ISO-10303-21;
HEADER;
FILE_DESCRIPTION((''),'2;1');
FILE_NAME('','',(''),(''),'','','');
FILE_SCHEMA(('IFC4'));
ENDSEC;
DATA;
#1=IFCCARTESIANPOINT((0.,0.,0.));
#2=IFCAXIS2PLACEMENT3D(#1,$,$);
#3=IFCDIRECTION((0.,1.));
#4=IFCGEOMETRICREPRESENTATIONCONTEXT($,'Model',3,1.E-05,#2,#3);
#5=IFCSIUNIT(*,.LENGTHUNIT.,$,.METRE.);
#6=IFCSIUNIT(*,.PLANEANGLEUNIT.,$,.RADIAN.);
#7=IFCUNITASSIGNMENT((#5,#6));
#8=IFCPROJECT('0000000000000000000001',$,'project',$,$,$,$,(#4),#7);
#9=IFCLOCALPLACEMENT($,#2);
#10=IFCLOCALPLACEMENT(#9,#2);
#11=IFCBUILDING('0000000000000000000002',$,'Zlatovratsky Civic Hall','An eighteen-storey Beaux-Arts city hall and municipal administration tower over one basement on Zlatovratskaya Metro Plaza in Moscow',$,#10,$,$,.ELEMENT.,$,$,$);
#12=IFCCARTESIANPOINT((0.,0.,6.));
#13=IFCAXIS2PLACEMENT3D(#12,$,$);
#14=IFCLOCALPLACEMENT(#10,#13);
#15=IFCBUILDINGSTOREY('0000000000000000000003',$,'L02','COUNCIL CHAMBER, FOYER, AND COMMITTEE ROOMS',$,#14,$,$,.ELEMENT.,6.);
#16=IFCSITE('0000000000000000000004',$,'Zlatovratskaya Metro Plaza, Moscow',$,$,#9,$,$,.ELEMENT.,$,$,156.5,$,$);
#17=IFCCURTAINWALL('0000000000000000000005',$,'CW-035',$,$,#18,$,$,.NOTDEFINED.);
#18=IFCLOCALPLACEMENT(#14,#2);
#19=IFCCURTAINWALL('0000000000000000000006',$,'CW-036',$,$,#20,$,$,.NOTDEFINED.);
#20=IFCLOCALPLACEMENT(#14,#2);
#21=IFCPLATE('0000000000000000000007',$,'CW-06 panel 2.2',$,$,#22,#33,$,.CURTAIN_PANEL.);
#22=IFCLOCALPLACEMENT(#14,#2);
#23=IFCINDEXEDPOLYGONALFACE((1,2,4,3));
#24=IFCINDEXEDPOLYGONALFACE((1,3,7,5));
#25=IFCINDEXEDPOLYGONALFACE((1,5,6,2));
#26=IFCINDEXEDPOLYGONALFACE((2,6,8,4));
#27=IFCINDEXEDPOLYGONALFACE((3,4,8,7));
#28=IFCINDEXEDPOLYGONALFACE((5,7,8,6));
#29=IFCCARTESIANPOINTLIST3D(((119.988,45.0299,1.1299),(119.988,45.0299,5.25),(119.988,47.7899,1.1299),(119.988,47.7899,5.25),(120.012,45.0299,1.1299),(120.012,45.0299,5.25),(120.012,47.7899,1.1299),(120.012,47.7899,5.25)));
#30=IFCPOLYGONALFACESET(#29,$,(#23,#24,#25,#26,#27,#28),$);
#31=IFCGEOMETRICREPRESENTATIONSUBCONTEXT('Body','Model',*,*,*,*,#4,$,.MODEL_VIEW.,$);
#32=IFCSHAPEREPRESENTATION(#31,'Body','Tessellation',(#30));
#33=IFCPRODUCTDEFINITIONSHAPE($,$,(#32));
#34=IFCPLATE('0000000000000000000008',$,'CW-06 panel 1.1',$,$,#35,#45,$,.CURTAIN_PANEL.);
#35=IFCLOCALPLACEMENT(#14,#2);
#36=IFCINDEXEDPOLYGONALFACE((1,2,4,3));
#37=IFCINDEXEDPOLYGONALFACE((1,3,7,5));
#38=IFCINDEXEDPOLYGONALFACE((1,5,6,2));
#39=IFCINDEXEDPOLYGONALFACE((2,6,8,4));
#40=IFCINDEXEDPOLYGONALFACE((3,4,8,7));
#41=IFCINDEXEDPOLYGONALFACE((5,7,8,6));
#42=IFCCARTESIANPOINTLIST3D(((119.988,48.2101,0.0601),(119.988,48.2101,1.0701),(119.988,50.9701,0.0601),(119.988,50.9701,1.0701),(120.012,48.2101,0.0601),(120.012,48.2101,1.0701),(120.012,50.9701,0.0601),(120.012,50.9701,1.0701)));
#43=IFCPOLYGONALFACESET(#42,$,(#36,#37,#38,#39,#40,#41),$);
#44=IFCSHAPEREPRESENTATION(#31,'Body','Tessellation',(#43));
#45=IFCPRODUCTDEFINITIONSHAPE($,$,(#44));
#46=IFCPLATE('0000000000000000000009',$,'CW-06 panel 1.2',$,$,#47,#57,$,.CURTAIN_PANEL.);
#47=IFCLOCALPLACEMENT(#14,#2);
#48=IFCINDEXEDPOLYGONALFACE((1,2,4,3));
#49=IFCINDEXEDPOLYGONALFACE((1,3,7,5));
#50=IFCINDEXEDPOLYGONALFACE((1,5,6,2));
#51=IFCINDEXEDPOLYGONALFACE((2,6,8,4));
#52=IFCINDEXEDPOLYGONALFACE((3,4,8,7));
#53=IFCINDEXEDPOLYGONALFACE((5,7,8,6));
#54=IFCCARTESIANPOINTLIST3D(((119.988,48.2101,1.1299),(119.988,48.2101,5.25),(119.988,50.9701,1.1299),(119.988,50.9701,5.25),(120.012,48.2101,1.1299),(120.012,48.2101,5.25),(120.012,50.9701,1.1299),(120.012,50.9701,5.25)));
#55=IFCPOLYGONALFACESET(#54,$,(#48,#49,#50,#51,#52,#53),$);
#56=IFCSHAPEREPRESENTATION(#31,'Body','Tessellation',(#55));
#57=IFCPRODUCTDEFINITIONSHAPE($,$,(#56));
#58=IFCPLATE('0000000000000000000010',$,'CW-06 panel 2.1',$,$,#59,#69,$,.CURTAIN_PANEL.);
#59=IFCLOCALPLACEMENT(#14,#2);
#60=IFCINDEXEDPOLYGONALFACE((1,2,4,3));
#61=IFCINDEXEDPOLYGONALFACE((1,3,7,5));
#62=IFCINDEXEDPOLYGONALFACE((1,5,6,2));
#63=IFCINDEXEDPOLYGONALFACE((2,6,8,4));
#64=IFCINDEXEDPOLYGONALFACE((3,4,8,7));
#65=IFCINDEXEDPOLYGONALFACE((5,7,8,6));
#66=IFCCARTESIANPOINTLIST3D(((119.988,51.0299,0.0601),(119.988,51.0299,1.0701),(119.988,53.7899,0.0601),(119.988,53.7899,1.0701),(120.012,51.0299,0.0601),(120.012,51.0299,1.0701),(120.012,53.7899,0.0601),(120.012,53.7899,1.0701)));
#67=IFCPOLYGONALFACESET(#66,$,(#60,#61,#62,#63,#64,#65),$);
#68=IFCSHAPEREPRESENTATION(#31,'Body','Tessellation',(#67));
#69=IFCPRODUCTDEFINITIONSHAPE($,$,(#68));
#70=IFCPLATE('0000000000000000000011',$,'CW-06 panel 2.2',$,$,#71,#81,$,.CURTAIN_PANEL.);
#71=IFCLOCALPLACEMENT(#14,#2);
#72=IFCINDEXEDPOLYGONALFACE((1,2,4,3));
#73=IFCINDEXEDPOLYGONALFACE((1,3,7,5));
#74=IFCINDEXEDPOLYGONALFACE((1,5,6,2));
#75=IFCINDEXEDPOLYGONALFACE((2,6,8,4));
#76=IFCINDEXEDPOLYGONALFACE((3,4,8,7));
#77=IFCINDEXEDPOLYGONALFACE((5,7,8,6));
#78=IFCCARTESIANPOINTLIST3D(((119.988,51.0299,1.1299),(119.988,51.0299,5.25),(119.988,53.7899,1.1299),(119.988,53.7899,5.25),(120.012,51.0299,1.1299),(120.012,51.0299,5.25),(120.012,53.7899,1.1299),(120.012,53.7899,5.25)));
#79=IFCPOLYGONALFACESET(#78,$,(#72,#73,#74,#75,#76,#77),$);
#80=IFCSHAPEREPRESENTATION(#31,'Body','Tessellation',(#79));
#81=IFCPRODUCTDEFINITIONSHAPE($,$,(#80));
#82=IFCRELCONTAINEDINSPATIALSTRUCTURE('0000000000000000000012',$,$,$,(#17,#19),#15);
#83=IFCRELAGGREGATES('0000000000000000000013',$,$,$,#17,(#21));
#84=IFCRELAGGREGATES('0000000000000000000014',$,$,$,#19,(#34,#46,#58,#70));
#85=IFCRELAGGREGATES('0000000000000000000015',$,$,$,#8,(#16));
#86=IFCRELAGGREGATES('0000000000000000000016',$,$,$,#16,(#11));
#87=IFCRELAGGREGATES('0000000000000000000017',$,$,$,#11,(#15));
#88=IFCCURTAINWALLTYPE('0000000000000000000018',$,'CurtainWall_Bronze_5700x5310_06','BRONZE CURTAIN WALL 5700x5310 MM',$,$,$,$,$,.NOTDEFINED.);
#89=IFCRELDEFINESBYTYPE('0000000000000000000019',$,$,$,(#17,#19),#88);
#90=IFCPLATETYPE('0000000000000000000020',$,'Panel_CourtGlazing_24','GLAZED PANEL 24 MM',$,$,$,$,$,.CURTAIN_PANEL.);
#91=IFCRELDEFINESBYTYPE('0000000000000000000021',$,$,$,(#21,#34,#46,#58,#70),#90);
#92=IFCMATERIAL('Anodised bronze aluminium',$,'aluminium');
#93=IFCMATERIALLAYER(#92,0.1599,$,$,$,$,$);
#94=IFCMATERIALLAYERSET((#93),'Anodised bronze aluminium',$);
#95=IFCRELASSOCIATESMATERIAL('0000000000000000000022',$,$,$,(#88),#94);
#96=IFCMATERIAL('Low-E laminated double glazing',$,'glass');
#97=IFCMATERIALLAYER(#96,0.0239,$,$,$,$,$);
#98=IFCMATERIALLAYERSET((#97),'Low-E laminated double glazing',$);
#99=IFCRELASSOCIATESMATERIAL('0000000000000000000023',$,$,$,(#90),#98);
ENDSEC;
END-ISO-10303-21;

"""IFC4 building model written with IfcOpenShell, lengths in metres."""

from ifc_helpers import new_model, si_unit, direction, frame, origin, origin_2d, place, context, subcontext, project, spatial, rectangle, extrude, material, layer, layer_set, type_object, element, aggregate, save


model = new_model("IFC4")

# Units and contexts
model_context = context("Model", 3, precision=1e-05, world=origin(), true_north=direction((0.0, 1.0)))
body_context = subcontext(model_context, "Body", "Model", "MODEL_VIEW")
ifc_project = project(units=[si_unit("LENGTHUNIT", "METRE"), si_unit("PLANEANGLEUNIT", "RADIAN")], contexts=[model_context])

# Site, building, storey
site_placement = place(None, origin())
site = spatial("IfcSite", under=ifc_project, at=site_placement, Name="Zlatovratskaya Metro Plaza, Moscow", CompositionType="ELEMENT", RefElevation=156.5)
building_placement = place(site_placement, origin())
building = spatial("IfcBuilding", under=site, at=building_placement, Name="Zlatovratsky Civic Hall", Description="An eighteen-storey Beaux-Arts city hall and municipal administration tower over one basement on Zlatovratskaya Metro Plaza in Moscow", CompositionType="ELEMENT")
storey_placement = place(building_placement, frame((0.0, 0.0, 6.0)))
storey = spatial("IfcBuildingStorey", under=building, at=storey_placement, Name="L02", Description="COUNCIL CHAMBER, FOYER, AND COMMITTEE ROOMS", CompositionType="ELEMENT", Elevation=6.0)

# Curtain walls
ifc_material_1 = material(Name="Anodised bronze aluminium", Category="aluminium")
ifc_layer_1 = layer(ifc_material_1, 0.1599)
ifc_layer_set_1 = layer_set([ifc_layer_1], Name="Anodised bronze aluminium")
curtain_wall_type = type_object("IfcCurtainWallType", Name="CurtainWall_Bronze_5700x5310_06", Description="BRONZE CURTAIN WALL 5700x5310 MM", PredefinedType="NOTDEFINED", material=ifc_layer_set_1)
curtain_wall_1_placement = place(storey_placement, origin())
curtain_wall_1 = element("IfcCurtainWall", 1, at=curtain_wall_1_placement, inside=storey, type_object=curtain_wall_type, Name="CW-035", PredefinedType="NOTDEFINED")
curtain_wall_2_placement = place(storey_placement, origin())
curtain_wall_2 = element("IfcCurtainWall", 2, at=curtain_wall_2_placement, inside=storey, type_object=curtain_wall_type, Name="CW-036", PredefinedType="NOTDEFINED")

# Plates
ifc_material_2 = material(Name="Low-E laminated double glazing", Category="glass")
ifc_layer_2 = layer(ifc_material_2, 0.0239)
ifc_layer_set_2 = layer_set([ifc_layer_2], Name="Low-E laminated double glazing")
plate_type = type_object("IfcPlateType", Name="Panel_CourtGlazing_24", Description="GLAZED PANEL 24 MM", PredefinedType="CURTAIN_PANEL", material=ifc_layer_set_2)
plate_1_placement = place(storey_placement, frame((120.0, 46.4099, 1.1299), z_axis=(0.0, 0.0, 1.0), x_axis=(0.0, 1.0, 0.0)))
plate_1 = element("IfcPlate", 3, at=plate_1_placement, type_object=plate_type, Name="CW-06 panel 2.2", PredefinedType="CURTAIN_PANEL", context=body_context, shape_type="SweptSolid", body=[
    extrude(rectangle(XDim=2.76, YDim=0.0239, at=origin_2d()), origin(), (0.0, 0.0, 1.0), 4.1201),
])
aggregate(curtain_wall_1, [plate_1])
plate_2_placement = place(storey_placement, frame((120.0, 49.5901, 0.0601), z_axis=(0.0, 0.0, 1.0), x_axis=(0.0, 1.0, 0.0)))
plate_2 = element("IfcPlate", 4, at=plate_2_placement, type_object=plate_type, Name="CW-06 panel 1.1", PredefinedType="CURTAIN_PANEL", context=body_context, shape_type="SweptSolid", body=[
    extrude(rectangle(XDim=2.76, YDim=0.0239, at=origin_2d()), origin(), (0.0, 0.0, 1.0), 1.01),
])
plate_3_placement = place(storey_placement, frame((120.0, 49.5901, 1.1299), z_axis=(0.0, 0.0, 1.0), x_axis=(0.0, 1.0, 0.0)))
plate_3 = element("IfcPlate", 5, at=plate_3_placement, type_object=plate_type, Name="CW-06 panel 1.2", PredefinedType="CURTAIN_PANEL", context=body_context, shape_type="SweptSolid", body=[
    extrude(rectangle(XDim=2.76, YDim=0.0239, at=origin_2d()), origin(), (0.0, 0.0, 1.0), 4.1201),
])
plate_4_placement = place(storey_placement, frame((120.0, 52.4099, 0.0601), z_axis=(0.0, 0.0, 1.0), x_axis=(0.0, 1.0, 0.0)))
plate_4 = element("IfcPlate", 6, at=plate_4_placement, type_object=plate_type, Name="CW-06 panel 2.1", PredefinedType="CURTAIN_PANEL", context=body_context, shape_type="SweptSolid", body=[
    extrude(rectangle(XDim=2.76, YDim=0.0239, at=origin_2d()), origin(), (0.0, 0.0, 1.0), 1.01),
])
plate_5_placement = place(storey_placement, frame((120.0, 52.4099, 1.1299), z_axis=(0.0, 0.0, 1.0), x_axis=(0.0, 1.0, 0.0)))
plate_5 = element("IfcPlate", 7, at=plate_5_placement, type_object=plate_type, Name="CW-06 panel 2.2", PredefinedType="CURTAIN_PANEL", context=body_context, shape_type="SweptSolid", body=[
    extrude(rectangle(XDim=2.76, YDim=0.0239, at=origin_2d()), origin(), (0.0, 0.0, 1.0), 4.1201),
])
aggregate(curtain_wall_2, [plate_2, plate_3, plate_4, plate_5])

save(model, "model.ifc")
